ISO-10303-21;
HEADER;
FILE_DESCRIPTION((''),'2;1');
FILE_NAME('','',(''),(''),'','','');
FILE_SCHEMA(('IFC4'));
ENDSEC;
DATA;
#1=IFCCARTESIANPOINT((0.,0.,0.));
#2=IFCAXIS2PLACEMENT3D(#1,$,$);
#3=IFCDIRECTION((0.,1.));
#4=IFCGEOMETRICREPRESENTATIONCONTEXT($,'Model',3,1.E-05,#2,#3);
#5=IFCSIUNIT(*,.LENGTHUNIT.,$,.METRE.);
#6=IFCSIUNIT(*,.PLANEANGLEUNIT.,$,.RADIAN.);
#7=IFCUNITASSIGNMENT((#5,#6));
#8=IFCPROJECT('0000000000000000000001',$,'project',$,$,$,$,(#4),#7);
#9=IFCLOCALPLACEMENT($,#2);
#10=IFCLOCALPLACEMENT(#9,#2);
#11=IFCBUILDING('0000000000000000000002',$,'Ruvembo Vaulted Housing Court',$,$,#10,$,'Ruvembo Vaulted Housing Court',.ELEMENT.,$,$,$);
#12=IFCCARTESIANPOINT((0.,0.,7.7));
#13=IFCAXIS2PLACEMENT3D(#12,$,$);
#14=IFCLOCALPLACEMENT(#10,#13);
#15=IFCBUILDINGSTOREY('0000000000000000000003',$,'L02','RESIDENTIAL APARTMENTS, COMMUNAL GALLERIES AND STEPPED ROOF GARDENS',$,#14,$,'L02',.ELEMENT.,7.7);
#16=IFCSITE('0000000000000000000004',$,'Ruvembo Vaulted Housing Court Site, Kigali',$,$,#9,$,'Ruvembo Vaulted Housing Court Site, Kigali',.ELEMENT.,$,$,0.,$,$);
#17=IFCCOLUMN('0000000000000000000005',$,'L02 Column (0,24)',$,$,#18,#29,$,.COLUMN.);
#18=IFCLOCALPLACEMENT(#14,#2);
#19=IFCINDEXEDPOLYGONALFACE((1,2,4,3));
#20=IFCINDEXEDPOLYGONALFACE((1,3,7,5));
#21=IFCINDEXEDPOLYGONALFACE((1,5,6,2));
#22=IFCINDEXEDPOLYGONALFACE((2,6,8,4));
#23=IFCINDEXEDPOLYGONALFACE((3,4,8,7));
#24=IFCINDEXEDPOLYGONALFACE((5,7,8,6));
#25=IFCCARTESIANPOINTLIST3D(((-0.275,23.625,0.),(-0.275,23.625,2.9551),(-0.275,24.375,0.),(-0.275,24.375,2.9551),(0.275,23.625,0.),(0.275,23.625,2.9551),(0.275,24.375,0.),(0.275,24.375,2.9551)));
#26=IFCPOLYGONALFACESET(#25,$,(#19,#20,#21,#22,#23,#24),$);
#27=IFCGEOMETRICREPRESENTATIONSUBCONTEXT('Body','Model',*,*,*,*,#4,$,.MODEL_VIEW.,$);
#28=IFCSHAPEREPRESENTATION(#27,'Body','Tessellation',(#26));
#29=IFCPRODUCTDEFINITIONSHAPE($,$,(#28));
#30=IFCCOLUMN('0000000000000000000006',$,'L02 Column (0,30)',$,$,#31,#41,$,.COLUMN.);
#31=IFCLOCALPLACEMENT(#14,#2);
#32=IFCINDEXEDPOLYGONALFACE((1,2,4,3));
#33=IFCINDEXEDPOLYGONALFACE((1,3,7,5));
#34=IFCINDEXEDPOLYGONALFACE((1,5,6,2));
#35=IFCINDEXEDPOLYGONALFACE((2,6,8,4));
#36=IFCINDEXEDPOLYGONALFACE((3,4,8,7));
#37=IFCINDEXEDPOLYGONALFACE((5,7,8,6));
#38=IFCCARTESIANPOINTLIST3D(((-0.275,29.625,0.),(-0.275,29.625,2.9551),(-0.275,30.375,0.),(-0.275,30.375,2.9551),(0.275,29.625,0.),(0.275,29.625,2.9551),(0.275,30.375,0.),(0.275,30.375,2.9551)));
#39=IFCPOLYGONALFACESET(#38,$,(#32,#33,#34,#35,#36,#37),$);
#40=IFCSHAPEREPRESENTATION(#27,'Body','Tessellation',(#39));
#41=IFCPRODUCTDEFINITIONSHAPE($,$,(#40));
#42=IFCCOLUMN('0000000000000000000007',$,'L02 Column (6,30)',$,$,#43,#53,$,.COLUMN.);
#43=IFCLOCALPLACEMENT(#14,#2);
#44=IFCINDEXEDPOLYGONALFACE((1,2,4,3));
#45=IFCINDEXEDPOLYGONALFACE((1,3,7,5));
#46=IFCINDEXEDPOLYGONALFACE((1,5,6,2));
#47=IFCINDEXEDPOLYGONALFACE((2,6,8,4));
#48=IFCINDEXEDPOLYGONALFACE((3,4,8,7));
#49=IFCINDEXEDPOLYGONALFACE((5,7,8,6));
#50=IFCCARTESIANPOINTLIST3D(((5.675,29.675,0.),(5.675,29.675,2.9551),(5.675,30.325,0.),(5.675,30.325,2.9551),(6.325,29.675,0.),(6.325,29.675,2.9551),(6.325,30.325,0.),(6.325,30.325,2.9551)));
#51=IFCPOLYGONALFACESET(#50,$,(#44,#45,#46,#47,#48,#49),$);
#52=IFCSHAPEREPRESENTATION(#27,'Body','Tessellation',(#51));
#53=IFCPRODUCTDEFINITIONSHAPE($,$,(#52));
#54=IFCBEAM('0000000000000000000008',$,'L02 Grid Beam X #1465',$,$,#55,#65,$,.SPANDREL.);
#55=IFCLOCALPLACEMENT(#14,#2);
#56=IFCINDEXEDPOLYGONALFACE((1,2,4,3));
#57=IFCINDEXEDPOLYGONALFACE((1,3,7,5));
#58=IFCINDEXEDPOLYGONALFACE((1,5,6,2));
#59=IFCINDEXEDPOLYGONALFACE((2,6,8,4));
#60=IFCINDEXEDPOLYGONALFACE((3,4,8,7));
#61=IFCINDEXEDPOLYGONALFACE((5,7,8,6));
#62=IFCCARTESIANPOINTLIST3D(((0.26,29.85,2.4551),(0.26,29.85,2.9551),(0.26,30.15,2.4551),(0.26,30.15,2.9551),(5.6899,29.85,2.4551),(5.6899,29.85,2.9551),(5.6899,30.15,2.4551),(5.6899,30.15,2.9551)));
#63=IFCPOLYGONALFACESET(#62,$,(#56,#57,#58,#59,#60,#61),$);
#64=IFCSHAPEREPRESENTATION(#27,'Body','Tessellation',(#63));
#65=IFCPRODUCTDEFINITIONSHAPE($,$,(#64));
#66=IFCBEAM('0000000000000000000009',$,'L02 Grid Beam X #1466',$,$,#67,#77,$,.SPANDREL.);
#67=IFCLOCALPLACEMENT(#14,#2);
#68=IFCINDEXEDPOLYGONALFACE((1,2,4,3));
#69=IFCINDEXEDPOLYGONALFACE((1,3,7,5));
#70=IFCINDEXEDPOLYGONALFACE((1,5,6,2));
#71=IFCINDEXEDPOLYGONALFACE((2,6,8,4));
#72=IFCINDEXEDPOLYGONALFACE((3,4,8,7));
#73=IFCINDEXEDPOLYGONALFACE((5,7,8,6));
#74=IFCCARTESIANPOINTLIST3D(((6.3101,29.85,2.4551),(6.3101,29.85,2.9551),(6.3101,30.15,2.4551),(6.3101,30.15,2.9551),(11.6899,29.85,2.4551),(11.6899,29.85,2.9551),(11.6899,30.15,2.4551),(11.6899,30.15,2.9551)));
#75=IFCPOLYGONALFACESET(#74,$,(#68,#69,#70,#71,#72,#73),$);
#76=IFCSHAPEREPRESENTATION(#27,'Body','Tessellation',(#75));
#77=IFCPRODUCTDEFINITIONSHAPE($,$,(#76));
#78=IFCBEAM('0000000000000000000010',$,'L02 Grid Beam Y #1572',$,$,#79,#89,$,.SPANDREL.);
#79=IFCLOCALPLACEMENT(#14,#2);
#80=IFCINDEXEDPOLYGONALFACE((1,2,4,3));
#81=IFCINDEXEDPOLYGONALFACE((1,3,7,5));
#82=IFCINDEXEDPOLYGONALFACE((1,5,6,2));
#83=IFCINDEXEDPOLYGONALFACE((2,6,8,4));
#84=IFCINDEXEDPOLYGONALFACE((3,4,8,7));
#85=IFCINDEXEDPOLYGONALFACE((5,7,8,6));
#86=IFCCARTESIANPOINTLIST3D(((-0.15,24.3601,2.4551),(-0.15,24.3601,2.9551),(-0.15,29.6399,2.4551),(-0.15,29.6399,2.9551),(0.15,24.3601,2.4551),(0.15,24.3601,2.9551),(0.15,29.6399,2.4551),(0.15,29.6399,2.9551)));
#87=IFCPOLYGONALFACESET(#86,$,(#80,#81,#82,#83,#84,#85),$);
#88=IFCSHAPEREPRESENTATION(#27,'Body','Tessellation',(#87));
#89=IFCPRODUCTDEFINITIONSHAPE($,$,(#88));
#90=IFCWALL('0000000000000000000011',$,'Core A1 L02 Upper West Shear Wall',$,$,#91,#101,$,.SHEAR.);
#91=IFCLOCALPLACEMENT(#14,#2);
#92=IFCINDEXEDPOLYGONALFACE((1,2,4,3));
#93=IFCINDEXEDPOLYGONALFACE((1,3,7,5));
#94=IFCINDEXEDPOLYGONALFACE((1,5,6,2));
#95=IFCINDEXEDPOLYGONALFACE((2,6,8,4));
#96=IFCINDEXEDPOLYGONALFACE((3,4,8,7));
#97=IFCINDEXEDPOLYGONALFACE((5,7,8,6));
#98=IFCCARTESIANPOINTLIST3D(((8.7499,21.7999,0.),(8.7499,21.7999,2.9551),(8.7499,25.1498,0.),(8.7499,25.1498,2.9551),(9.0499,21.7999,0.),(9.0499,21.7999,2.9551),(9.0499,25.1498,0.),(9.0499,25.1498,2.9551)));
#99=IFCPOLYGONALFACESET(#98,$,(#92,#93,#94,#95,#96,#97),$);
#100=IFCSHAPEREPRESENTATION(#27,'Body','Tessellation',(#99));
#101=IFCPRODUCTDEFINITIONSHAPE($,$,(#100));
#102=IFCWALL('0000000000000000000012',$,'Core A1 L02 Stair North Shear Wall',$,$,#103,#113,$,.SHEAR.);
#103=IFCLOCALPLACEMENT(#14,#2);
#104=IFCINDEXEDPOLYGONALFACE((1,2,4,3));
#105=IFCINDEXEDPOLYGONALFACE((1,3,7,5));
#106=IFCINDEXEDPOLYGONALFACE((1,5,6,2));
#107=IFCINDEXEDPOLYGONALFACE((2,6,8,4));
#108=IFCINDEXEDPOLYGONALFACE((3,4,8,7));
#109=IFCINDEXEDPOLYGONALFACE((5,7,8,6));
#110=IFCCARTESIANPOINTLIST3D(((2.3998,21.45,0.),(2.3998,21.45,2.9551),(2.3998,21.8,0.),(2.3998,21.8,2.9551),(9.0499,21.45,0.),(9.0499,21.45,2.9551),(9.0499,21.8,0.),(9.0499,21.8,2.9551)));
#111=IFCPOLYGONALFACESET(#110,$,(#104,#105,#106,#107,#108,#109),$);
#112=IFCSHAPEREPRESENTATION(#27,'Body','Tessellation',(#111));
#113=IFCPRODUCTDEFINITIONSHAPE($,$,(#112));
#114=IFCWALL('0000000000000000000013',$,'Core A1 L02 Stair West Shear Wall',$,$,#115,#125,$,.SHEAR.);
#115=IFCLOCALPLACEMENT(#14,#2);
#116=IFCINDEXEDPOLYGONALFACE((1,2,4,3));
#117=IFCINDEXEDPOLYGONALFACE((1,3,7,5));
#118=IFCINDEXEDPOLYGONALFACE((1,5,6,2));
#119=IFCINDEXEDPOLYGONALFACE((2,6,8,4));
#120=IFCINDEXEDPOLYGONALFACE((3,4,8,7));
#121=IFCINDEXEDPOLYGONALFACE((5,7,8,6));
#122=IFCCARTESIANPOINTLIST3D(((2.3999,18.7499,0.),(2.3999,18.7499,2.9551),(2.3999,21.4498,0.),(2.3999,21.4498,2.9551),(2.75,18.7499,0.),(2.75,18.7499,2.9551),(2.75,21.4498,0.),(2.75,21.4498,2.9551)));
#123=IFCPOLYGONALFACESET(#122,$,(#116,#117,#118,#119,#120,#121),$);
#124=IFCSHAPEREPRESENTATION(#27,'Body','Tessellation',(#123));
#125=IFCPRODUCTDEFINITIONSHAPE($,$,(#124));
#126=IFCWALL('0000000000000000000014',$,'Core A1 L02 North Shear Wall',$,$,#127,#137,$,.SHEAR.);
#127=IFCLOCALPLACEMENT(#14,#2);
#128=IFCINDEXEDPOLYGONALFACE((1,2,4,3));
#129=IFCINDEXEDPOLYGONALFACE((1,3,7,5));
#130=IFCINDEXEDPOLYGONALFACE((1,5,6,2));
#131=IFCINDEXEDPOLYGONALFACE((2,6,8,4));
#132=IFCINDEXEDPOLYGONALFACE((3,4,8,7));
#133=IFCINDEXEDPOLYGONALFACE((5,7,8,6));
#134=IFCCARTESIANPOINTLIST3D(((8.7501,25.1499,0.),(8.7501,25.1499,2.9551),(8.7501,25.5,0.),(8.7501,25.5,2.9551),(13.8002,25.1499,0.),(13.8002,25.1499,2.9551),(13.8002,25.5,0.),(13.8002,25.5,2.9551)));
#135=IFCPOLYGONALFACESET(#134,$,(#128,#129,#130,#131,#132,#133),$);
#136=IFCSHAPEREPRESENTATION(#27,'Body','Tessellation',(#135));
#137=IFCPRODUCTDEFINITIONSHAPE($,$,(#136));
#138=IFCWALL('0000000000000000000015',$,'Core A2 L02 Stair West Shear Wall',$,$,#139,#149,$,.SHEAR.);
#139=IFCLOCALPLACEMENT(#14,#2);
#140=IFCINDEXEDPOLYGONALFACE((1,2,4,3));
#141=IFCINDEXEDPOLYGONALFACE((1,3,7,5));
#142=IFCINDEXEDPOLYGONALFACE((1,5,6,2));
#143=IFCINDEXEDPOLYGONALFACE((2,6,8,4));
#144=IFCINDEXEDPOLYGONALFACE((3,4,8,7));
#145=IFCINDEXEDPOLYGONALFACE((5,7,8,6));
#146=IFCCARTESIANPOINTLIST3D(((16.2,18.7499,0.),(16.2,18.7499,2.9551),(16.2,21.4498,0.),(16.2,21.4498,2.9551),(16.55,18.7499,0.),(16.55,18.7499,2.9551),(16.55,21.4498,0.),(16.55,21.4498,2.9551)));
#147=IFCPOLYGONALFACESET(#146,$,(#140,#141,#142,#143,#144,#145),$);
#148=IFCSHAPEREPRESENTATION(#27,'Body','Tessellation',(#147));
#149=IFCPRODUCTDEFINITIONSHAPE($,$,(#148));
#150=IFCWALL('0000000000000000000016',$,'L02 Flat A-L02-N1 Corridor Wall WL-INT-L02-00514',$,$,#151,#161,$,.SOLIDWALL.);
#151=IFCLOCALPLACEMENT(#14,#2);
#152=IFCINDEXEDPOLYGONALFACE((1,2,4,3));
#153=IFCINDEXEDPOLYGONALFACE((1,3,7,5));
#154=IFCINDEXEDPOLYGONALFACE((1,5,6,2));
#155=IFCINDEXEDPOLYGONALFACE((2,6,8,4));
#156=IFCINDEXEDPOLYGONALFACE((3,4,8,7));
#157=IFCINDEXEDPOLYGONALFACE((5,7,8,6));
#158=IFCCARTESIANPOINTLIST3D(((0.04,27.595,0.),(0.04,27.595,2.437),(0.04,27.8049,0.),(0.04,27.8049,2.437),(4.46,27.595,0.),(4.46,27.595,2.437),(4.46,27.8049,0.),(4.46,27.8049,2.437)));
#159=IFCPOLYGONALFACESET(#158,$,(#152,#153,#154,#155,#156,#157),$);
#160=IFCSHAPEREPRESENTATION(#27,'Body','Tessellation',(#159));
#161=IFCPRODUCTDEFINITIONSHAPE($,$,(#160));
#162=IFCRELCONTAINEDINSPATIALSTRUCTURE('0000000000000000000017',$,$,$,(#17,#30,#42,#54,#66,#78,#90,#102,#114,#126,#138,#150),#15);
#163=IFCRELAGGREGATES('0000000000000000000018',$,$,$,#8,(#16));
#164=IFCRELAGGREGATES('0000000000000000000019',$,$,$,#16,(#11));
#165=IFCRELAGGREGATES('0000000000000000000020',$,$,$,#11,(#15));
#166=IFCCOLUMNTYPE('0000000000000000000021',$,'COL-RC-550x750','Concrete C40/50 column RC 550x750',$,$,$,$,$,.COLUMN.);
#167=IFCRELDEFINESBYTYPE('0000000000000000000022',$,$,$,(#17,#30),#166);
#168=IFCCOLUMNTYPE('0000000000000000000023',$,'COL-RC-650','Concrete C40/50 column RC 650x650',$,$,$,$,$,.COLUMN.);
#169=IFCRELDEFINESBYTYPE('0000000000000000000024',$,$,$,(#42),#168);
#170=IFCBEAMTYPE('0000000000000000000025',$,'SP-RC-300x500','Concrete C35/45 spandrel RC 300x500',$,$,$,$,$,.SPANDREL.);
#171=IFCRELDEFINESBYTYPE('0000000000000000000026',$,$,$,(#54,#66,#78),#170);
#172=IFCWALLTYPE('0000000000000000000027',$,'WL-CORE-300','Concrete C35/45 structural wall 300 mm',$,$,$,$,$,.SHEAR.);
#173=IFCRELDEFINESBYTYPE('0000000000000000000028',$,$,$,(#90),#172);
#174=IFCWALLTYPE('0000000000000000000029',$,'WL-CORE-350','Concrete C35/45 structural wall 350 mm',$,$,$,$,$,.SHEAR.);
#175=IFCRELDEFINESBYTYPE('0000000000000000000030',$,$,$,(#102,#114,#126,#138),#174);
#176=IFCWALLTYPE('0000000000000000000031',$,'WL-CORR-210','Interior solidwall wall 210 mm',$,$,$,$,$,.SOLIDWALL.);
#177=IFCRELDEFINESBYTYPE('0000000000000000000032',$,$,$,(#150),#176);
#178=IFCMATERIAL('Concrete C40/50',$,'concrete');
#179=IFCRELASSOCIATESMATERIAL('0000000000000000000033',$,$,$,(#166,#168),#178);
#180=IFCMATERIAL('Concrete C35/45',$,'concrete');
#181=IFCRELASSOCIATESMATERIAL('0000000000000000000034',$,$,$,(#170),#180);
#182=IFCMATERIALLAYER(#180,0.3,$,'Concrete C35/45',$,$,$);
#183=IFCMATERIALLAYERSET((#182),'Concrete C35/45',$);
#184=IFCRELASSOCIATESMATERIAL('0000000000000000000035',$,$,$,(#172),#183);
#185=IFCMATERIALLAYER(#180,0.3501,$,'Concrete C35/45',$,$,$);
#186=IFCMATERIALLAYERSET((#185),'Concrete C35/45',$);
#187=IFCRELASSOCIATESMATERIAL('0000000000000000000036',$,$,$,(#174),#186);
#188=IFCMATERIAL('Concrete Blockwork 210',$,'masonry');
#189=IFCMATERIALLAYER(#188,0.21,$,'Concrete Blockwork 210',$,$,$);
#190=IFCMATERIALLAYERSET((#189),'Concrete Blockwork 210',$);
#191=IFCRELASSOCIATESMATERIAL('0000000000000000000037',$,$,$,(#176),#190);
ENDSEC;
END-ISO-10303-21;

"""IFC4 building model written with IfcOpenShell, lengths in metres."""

from ifc_helpers import new_model, si_unit, direction, frame, frame_2d, origin, origin_2d, place, context, subcontext, project, spatial, rectangle, extrude, material, layer, layer_set, material_profile, profile_set, type_object, element, save


model = new_model("IFC4")

# Units and contexts
model_context = context("Model", 3, precision=1e-05, world=origin(), true_north=direction((0.0, 1.0)))
body_context = subcontext(model_context, "Body", "Model", "MODEL_VIEW")
ifc_project = project(units=[si_unit("LENGTHUNIT", "METRE"), si_unit("PLANEANGLEUNIT", "RADIAN")], contexts=[model_context])

# Site, building, storey
site_placement = place(None, origin())
site = spatial("IfcSite", under=ifc_project, at=site_placement, Name="Ruvembo Vaulted Housing Court Site, Kigali", LongName="Ruvembo Vaulted Housing Court Site, Kigali", CompositionType="ELEMENT", RefElevation=0.0)
building_placement = place(site_placement, origin())
building = spatial("IfcBuilding", under=site, at=building_placement, Name="Ruvembo Vaulted Housing Court", LongName="Ruvembo Vaulted Housing Court", CompositionType="ELEMENT")
storey_placement = place(building_placement, frame((0.0, 0.0, 7.7)))
storey = spatial("IfcBuildingStorey", under=building, at=storey_placement, Name="L02", Description="RESIDENTIAL APARTMENTS, COMMUNAL GALLERIES AND STEPPED ROOF GARDENS", LongName="L02", CompositionType="ELEMENT", Elevation=7.7)

# Columns
ifc_material_1 = material(Name="Concrete C40/50", Category="concrete")
ifc_material_profile_1 = material_profile(ifc_material_1, rectangle(XDim=0.55, YDim=0.75, at=origin_2d()), Name="RC 550x750")
ifc_profile_set_1 = profile_set([ifc_material_profile_1], Name="Concrete C40/50")
column_type_1 = type_object("IfcColumnType", Name="COL-RC-550x750", Description="Concrete C40/50 column RC 550x750", PredefinedType="COLUMN", material=ifc_profile_set_1)
for number, where, z_axis, x_axis, name in (
    (1, (0.0, 24.0, 0.0), (0.0, 0.0, 1.0), (1.0, 0.0, 0.0), "L02 Column (0,24)"),
    (2, (0.0, 30.0, 0.0), (0.0, 0.0, 1.0), (1.0, 0.0, 0.0), "L02 Column (0,30)"),
):
    element("IfcColumn", number, at=place(storey_placement, frame(where, z_axis=z_axis, x_axis=x_axis)), inside=storey, type_object=column_type_1, Name=name, PredefinedType="COLUMN", context=body_context, shape_type="SweptSolid", body=[
        extrude(rectangle(XDim=0.55, YDim=0.75, at=origin_2d()), origin(), (0.0, 0.0, 1.0), 2.9551),
    ])
ifc_material_profile_2 = material_profile(ifc_material_1, rectangle(XDim=0.6499, YDim=0.6499, at=origin_2d()), Name="RC 650x650")
ifc_profile_set_2 = profile_set([ifc_material_profile_2], Name="Concrete C40/50")
column_type_2 = type_object("IfcColumnType", Name="COL-RC-650", Description="Concrete C40/50 column RC 650x650", PredefinedType="COLUMN", material=ifc_profile_set_2)
column_placement = place(storey_placement, frame((6.0, 30.0, 0.0), z_axis=(0.0, 0.0, 1.0), x_axis=(1.0, 0.0, 0.0)))
element("IfcColumn", 3, at=column_placement, inside=storey, type_object=column_type_2, Name="L02 Column (6,30)", PredefinedType="COLUMN", context=body_context, shape_type="SweptSolid", body=[
    extrude(rectangle(XDim=0.6499, YDim=0.6499, at=origin_2d()), origin(), (0.0, 0.0, 1.0), 2.9551),
])

# Beams
ifc_material_2 = material(Name="Concrete C35/45", Category="concrete")
ifc_material_profile_3 = material_profile(ifc_material_2, rectangle(XDim=0.3, YDim=0.5, at=origin_2d()), Name="RC 300x500")
ifc_profile_set_3 = profile_set([ifc_material_profile_3], Name="Concrete C35/45")
beam_type = type_object("IfcBeamType", Name="SP-RC-300x500", Description="Concrete C35/45 spandrel RC 300x500", PredefinedType="SPANDREL", material=ifc_profile_set_3)
beam_1_placement = place(storey_placement, frame((0.26, 30.0, 2.7051), z_axis=(1.0, 0.0, 0.0), x_axis=(0.0, 1.0, 0.0)))
element("IfcBeam", 4, at=beam_1_placement, inside=storey, type_object=beam_type, Name="L02 Grid Beam X #1465", PredefinedType="SPANDREL", context=body_context, shape_type="SweptSolid", body=[
    extrude(rectangle(XDim=0.3, YDim=0.5, at=origin_2d()), origin(), (0.0, 0.0, 1.0), 5.4299),
])
beam_2_placement = place(storey_placement, frame((6.3101, 30.0, 2.7051), z_axis=(1.0, 0.0, 0.0), x_axis=(0.0, 1.0, 0.0)))
element("IfcBeam", 5, at=beam_2_placement, inside=storey, type_object=beam_type, Name="L02 Grid Beam X #1466", PredefinedType="SPANDREL", context=body_context, shape_type="SweptSolid", body=[
    extrude(rectangle(XDim=0.3, YDim=0.5, at=origin_2d()), origin(), (0.0, 0.0, 1.0), 5.3799),
])
beam_3_placement = place(storey_placement, frame((0.0, 24.3601, 2.7051), z_axis=(0.0, 1.0, 0.0), x_axis=(-1.0, 0.0, 0.0)))
element("IfcBeam", 6, at=beam_3_placement, inside=storey, type_object=beam_type, Name="L02 Grid Beam Y #1572", PredefinedType="SPANDREL", context=body_context, shape_type="SweptSolid", body=[
    extrude(rectangle(XDim=0.3, YDim=0.5, at=origin_2d()), origin(), (0.0, 0.0, 1.0), 5.2798),
])

# Walls
ifc_layer_1 = layer(ifc_material_2, 0.3, Name="Concrete C35/45")
ifc_layer_set_1 = layer_set([ifc_layer_1], Name="Concrete C35/45")
wall_type_1 = type_object("IfcWallType", Name="WL-CORE-300", Description="Concrete C35/45 structural wall 300 mm", PredefinedType="SHEAR", material=ifc_layer_set_1)
wall_1_placement = place(storey_placement, frame((8.8999, 21.8, 0.0), z_axis=(0.0, 0.0, 1.0), x_axis=(0.0, 1.0, 0.0)))
element("IfcWall", 7, at=wall_1_placement, inside=storey, type_object=wall_type_1, Name="Core A1 L02 Upper West Shear Wall", PredefinedType="SHEAR", context=body_context, shape_type="SweptSolid", body=[
    extrude(rectangle(XDim=3.3499, YDim=0.3, at=frame_2d((1.6748, 0.0))), origin(), (0.0, 0.0, 1.0), 2.9551),
])
ifc_layer_2 = layer(ifc_material_2, 0.3501, Name="Concrete C35/45")
ifc_layer_set_2 = layer_set([ifc_layer_2], Name="Concrete C35/45")
wall_type_2 = type_object("IfcWallType", Name="WL-CORE-350", Description="Concrete C35/45 structural wall 350 mm", PredefinedType="SHEAR", material=ifc_layer_set_2)
wall_2_placement = place(storey_placement, frame((9.05, 21.625, 0.0), z_axis=(0.0, 0.0, 1.0), x_axis=(-1.0, 0.0, 0.0)))
element("IfcWall", 8, at=wall_2_placement, inside=storey, type_object=wall_type_2, Name="Core A1 L02 Stair North Shear Wall", PredefinedType="SHEAR", context=body_context, shape_type="SweptSolid", body=[
    extrude(rectangle(XDim=6.6501, YDim=0.3501, at=frame_2d((3.3252, 0.0))), origin(), (0.0, 0.0, 1.0), 2.9551),
])
wall_3_placement = place(storey_placement, frame((2.575, 21.45, 0.0), z_axis=(0.0, 0.0, 1.0), x_axis=(0.0, -1.0, 0.0)))
element("IfcWall", 9, at=wall_3_placement, inside=storey, type_object=wall_type_2, Name="Core A1 L02 Stair West Shear Wall", PredefinedType="SHEAR", context=body_context, shape_type="SweptSolid", body=[
    extrude(rectangle(XDim=2.7, YDim=0.3501, at=frame_2d((1.3501, 0.0))), origin(), (0.0, 0.0, 1.0), 2.9551),
])
wall_4_placement = place(storey_placement, frame((13.8, 25.325, 0.0), z_axis=(0.0, 0.0, 1.0), x_axis=(-1.0, 0.0, 0.0)))
element("IfcWall", 10, at=wall_4_placement, inside=storey, type_object=wall_type_2, Name="Core A1 L02 North Shear Wall", PredefinedType="SHEAR", context=body_context, shape_type="SweptSolid", body=[
    extrude(rectangle(XDim=5.05, YDim=0.3501, at=frame_2d((2.5249, 0.0))), origin(), (0.0, 0.0, 1.0), 2.9551),
])
wall_5_placement = place(storey_placement, frame((16.375, 21.45, 0.0), z_axis=(0.0, 0.0, 1.0), x_axis=(0.0, -1.0, 0.0)))
element("IfcWall", 11, at=wall_5_placement, inside=storey, type_object=wall_type_2, Name="Core A2 L02 Stair West Shear Wall", PredefinedType="SHEAR", context=body_context, shape_type="SweptSolid", body=[
    extrude(rectangle(XDim=2.7, YDim=0.3501, at=frame_2d((1.3501, 0.0))), origin(), (0.0, 0.0, 1.0), 2.9551),
])
ifc_material_3 = material(Name="Concrete Blockwork 210", Category="masonry")
ifc_layer_3 = layer(ifc_material_3, 0.21, Name="Concrete Blockwork 210")
ifc_layer_set_3 = layer_set([ifc_layer_3], Name="Concrete Blockwork 210")
wall_type_3 = type_object("IfcWallType", Name="WL-CORR-210", Description="Interior solidwall wall 210 mm", PredefinedType="SOLIDWALL", material=ifc_layer_set_3)
wall_6_placement = place(storey_placement, frame((0.04, 27.7, 0.0), z_axis=(0.0, 0.0, 1.0), x_axis=(1.0, 0.0, 0.0)))
element("IfcWall", 12, at=wall_6_placement, inside=storey, type_object=wall_type_3, Name="L02 Flat A-L02-N1 Corridor Wall WL-INT-L02-00514", PredefinedType="SOLIDWALL", context=body_context, shape_type="SweptSolid", body=[
    extrude(rectangle(XDim=4.4199, YDim=0.21, at=frame_2d((2.21, 0.0))), origin(), (0.0, 0.0, 1.0), 2.437),
])

save(model, "model.ifc")
